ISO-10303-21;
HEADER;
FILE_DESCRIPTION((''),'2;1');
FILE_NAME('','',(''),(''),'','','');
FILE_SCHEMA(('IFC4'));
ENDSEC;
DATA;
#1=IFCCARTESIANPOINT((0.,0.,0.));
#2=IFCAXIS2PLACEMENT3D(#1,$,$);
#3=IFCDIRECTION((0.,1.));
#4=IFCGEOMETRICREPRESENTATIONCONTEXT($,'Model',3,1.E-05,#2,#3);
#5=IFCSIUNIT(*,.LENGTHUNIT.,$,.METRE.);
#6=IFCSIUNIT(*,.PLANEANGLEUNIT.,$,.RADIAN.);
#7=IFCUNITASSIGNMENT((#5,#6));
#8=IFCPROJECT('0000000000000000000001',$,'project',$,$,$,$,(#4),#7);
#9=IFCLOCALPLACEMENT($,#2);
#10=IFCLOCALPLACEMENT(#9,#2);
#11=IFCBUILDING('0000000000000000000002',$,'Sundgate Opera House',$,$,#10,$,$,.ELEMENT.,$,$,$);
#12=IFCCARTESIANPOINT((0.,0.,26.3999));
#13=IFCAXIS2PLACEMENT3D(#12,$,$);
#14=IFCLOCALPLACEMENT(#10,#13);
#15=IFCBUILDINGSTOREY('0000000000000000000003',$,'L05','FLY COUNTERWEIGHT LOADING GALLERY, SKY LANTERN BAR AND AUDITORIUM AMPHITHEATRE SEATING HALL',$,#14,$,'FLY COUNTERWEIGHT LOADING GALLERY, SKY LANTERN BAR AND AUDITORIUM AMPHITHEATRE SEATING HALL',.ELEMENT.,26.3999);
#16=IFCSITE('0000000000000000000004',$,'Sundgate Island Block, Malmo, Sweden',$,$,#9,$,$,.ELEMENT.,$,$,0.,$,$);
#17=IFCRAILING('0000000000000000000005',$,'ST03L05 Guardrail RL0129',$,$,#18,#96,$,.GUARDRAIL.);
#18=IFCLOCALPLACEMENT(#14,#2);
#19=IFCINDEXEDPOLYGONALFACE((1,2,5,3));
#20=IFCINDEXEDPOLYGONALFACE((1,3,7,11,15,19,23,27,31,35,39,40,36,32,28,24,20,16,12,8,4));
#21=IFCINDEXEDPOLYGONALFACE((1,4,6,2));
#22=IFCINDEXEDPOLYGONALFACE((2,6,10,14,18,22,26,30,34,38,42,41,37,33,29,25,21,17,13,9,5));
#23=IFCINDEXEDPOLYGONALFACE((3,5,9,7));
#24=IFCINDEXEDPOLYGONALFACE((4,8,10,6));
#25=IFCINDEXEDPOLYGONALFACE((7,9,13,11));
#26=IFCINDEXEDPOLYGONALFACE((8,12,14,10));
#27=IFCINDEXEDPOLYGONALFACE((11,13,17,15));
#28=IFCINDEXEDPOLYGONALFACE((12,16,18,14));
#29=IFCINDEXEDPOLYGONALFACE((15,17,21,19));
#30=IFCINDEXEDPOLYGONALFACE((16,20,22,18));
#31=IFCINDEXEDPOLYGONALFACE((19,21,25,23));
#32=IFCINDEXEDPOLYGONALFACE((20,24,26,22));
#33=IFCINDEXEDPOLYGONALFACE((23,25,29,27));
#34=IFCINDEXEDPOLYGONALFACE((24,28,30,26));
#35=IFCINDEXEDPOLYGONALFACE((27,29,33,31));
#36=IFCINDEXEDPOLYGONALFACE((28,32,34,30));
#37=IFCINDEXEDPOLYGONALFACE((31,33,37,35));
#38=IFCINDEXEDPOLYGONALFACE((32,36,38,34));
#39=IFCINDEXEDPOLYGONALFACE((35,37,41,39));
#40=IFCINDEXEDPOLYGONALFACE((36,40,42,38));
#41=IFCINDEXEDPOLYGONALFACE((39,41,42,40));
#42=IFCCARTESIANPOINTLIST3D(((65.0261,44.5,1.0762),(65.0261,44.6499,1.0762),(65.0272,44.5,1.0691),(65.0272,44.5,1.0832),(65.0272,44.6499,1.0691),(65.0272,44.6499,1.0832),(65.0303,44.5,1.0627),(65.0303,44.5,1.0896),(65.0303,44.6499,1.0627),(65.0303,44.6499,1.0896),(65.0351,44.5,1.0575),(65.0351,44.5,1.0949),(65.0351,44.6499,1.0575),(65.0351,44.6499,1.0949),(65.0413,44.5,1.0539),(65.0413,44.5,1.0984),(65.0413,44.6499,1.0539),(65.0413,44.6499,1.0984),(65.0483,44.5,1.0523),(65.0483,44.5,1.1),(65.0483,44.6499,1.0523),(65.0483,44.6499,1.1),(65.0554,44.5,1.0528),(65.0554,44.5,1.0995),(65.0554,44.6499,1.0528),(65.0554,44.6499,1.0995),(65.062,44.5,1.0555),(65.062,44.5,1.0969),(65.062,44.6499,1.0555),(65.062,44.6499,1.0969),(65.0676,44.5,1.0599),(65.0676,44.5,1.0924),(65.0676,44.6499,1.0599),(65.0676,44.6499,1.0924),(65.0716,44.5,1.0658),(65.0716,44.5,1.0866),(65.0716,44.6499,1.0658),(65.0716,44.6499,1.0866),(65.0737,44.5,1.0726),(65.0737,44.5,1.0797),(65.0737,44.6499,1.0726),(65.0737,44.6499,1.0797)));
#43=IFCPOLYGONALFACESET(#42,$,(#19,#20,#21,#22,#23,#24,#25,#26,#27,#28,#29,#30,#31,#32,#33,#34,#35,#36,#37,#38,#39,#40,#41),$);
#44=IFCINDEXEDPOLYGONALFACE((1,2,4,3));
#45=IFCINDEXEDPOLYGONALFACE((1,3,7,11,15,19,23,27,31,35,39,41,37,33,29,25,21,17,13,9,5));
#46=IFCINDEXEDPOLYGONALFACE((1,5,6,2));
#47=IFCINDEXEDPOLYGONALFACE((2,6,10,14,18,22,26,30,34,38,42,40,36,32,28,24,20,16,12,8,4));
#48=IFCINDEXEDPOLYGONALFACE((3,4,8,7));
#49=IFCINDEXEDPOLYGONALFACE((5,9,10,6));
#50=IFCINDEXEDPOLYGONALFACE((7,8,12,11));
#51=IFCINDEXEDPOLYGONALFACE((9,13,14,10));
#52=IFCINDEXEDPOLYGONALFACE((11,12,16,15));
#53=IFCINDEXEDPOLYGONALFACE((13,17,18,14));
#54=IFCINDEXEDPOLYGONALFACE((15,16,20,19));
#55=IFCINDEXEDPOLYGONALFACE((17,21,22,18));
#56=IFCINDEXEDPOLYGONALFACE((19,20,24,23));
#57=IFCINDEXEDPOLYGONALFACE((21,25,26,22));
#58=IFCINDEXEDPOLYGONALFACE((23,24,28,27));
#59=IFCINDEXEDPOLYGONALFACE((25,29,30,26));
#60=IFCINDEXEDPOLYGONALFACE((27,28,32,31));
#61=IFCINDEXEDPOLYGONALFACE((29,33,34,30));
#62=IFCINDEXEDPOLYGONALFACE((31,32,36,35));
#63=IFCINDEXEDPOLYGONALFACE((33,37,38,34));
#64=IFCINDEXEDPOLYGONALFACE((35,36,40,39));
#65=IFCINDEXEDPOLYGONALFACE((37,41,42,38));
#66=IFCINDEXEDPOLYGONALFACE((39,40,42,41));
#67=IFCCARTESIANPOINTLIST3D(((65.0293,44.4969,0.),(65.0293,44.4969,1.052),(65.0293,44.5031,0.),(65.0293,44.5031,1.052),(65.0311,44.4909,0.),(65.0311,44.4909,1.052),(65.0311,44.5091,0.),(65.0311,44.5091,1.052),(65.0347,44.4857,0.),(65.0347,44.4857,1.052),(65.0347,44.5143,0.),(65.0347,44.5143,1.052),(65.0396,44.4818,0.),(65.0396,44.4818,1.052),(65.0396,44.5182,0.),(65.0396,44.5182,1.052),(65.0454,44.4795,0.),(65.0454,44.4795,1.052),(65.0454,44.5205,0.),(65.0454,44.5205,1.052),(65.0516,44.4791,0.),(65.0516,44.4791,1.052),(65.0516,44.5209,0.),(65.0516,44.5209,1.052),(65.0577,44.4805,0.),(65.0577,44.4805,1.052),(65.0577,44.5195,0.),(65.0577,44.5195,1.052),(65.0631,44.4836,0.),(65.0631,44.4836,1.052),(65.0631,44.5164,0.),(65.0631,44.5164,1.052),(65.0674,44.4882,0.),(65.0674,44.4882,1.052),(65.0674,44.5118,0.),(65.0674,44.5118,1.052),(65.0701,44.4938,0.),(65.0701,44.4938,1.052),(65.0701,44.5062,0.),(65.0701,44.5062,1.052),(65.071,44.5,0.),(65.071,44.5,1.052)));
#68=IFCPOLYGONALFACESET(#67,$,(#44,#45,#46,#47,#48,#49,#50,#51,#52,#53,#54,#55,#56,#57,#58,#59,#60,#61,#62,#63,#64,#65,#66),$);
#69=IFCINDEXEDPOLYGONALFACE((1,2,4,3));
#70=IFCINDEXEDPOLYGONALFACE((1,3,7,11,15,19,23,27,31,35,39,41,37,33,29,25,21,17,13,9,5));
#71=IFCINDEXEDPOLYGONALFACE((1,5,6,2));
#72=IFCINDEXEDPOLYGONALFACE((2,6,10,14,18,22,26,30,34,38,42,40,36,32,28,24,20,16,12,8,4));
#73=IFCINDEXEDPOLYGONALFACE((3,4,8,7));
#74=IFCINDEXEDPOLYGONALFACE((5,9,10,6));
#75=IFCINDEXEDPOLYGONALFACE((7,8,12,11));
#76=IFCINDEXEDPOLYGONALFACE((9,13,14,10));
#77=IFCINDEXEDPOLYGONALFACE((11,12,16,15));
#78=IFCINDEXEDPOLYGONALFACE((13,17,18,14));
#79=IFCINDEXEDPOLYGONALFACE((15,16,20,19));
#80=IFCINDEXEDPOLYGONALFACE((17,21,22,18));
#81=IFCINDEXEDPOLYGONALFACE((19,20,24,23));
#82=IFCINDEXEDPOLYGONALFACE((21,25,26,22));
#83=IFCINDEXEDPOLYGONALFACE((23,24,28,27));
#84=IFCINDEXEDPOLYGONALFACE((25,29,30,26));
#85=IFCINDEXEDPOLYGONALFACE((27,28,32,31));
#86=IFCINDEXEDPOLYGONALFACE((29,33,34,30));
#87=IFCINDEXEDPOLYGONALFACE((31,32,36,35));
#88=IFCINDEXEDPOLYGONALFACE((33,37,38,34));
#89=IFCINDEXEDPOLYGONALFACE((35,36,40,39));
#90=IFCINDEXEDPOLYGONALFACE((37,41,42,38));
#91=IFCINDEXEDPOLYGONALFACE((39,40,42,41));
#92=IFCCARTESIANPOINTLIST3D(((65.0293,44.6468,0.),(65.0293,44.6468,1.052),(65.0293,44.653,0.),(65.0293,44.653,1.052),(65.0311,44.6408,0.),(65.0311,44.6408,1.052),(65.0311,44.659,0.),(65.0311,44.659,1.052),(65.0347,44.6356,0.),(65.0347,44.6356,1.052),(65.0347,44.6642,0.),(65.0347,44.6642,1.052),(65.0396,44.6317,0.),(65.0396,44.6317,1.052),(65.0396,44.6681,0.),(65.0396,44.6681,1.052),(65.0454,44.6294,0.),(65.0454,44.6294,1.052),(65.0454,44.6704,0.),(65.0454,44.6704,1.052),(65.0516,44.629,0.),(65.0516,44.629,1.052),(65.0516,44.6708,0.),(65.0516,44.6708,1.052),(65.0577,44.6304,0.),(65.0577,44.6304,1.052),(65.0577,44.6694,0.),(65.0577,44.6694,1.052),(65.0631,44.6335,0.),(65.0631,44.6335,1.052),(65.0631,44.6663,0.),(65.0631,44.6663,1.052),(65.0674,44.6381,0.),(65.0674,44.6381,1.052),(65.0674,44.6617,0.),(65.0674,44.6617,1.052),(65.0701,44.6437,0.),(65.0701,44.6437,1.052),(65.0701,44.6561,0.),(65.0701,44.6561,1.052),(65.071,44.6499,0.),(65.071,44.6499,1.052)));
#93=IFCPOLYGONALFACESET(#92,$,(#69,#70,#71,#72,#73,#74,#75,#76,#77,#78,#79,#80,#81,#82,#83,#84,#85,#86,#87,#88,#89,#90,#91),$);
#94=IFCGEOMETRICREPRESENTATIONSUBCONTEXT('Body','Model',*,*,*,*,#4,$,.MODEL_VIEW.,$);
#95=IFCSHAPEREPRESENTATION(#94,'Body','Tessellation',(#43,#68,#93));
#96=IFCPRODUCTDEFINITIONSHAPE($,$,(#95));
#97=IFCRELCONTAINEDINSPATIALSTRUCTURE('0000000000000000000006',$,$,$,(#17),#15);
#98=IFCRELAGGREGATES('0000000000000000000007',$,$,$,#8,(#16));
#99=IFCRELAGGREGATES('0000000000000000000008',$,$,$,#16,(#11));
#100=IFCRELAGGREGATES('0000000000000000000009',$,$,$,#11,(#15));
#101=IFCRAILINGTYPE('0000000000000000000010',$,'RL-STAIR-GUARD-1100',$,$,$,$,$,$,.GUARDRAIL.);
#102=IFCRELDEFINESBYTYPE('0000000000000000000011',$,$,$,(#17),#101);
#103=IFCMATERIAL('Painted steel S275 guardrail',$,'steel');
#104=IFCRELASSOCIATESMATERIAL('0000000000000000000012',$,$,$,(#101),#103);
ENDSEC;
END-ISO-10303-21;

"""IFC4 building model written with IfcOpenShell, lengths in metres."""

from ifc_helpers import new_model, si_unit, direction, frame, origin, origin_2d, place, context, subcontext, project, spatial, circle, extrude, material, type_object, element, save


model = new_model("IFC4")

# Units and contexts
model_context = context("Model", 3, precision=1e-05, world=origin(), true_north=direction((0.0, 1.0)))
body_context = subcontext(model_context, "Body", "Model", "MODEL_VIEW")
ifc_project = project(units=[si_unit("LENGTHUNIT", "METRE"), si_unit("PLANEANGLEUNIT", "RADIAN")], contexts=[model_context])

# Site, building, storey
site_placement = place(None, origin())
site = spatial("IfcSite", under=ifc_project, at=site_placement, Name="Sundgate Island Block, Malmo, Sweden", CompositionType="ELEMENT", RefElevation=0.0)
building_placement = place(site_placement, origin())
building = spatial("IfcBuilding", under=site, at=building_placement, Name="Sundgate Opera House", CompositionType="ELEMENT")
storey_placement = place(building_placement, frame((0.0, 0.0, 26.3999)))
storey = spatial("IfcBuildingStorey", under=building, at=storey_placement, Name="L05", Description="FLY COUNTERWEIGHT LOADING GALLERY, SKY LANTERN BAR AND AUDITORIUM AMPHITHEATRE SEATING HALL", LongName="FLY COUNTERWEIGHT LOADING GALLERY, SKY LANTERN BAR AND AUDITORIUM AMPHITHEATRE SEATING HALL", CompositionType="ELEMENT", Elevation=26.3999)

# Railing
ifc_material_1 = material(Name="Painted steel S275 guardrail", Category="steel")
railing_type_1 = type_object("IfcRailingType", Name="RL-STAIR-GUARD-1100", PredefinedType="GUARDRAIL", material=ifc_material_1)
railing_1_placement = place(storey_placement, frame((65.05, 44.5, 0.0)))
element("IfcRailing", 1, at=railing_1_placement, inside=storey, type_object=railing_type_1, Name="ST03L05 Guardrail RL0129", PredefinedType="GUARDRAIL", context=body_context, shape_type="SweptSolid", body=[
    extrude(circle(Radius=0.0239, at=origin_2d()), frame((0.0, 0.0, 1.0762), z_axis=(0.0, 1.0, 0.0), x_axis=(-1.0, 0.0, 0.0)), (0.0, 0.0, 1.0), 0.1499),
    extrude(circle(Radius=0.021, at=origin_2d()), origin(), (0.0, 0.0, 1.0), 1.052),
    extrude(circle(Radius=0.021, at=origin_2d()), frame((0.0, 0.1499, 0.0)), (0.0, 0.0, 1.0), 1.052),
])

save(model, "model.ifc")
